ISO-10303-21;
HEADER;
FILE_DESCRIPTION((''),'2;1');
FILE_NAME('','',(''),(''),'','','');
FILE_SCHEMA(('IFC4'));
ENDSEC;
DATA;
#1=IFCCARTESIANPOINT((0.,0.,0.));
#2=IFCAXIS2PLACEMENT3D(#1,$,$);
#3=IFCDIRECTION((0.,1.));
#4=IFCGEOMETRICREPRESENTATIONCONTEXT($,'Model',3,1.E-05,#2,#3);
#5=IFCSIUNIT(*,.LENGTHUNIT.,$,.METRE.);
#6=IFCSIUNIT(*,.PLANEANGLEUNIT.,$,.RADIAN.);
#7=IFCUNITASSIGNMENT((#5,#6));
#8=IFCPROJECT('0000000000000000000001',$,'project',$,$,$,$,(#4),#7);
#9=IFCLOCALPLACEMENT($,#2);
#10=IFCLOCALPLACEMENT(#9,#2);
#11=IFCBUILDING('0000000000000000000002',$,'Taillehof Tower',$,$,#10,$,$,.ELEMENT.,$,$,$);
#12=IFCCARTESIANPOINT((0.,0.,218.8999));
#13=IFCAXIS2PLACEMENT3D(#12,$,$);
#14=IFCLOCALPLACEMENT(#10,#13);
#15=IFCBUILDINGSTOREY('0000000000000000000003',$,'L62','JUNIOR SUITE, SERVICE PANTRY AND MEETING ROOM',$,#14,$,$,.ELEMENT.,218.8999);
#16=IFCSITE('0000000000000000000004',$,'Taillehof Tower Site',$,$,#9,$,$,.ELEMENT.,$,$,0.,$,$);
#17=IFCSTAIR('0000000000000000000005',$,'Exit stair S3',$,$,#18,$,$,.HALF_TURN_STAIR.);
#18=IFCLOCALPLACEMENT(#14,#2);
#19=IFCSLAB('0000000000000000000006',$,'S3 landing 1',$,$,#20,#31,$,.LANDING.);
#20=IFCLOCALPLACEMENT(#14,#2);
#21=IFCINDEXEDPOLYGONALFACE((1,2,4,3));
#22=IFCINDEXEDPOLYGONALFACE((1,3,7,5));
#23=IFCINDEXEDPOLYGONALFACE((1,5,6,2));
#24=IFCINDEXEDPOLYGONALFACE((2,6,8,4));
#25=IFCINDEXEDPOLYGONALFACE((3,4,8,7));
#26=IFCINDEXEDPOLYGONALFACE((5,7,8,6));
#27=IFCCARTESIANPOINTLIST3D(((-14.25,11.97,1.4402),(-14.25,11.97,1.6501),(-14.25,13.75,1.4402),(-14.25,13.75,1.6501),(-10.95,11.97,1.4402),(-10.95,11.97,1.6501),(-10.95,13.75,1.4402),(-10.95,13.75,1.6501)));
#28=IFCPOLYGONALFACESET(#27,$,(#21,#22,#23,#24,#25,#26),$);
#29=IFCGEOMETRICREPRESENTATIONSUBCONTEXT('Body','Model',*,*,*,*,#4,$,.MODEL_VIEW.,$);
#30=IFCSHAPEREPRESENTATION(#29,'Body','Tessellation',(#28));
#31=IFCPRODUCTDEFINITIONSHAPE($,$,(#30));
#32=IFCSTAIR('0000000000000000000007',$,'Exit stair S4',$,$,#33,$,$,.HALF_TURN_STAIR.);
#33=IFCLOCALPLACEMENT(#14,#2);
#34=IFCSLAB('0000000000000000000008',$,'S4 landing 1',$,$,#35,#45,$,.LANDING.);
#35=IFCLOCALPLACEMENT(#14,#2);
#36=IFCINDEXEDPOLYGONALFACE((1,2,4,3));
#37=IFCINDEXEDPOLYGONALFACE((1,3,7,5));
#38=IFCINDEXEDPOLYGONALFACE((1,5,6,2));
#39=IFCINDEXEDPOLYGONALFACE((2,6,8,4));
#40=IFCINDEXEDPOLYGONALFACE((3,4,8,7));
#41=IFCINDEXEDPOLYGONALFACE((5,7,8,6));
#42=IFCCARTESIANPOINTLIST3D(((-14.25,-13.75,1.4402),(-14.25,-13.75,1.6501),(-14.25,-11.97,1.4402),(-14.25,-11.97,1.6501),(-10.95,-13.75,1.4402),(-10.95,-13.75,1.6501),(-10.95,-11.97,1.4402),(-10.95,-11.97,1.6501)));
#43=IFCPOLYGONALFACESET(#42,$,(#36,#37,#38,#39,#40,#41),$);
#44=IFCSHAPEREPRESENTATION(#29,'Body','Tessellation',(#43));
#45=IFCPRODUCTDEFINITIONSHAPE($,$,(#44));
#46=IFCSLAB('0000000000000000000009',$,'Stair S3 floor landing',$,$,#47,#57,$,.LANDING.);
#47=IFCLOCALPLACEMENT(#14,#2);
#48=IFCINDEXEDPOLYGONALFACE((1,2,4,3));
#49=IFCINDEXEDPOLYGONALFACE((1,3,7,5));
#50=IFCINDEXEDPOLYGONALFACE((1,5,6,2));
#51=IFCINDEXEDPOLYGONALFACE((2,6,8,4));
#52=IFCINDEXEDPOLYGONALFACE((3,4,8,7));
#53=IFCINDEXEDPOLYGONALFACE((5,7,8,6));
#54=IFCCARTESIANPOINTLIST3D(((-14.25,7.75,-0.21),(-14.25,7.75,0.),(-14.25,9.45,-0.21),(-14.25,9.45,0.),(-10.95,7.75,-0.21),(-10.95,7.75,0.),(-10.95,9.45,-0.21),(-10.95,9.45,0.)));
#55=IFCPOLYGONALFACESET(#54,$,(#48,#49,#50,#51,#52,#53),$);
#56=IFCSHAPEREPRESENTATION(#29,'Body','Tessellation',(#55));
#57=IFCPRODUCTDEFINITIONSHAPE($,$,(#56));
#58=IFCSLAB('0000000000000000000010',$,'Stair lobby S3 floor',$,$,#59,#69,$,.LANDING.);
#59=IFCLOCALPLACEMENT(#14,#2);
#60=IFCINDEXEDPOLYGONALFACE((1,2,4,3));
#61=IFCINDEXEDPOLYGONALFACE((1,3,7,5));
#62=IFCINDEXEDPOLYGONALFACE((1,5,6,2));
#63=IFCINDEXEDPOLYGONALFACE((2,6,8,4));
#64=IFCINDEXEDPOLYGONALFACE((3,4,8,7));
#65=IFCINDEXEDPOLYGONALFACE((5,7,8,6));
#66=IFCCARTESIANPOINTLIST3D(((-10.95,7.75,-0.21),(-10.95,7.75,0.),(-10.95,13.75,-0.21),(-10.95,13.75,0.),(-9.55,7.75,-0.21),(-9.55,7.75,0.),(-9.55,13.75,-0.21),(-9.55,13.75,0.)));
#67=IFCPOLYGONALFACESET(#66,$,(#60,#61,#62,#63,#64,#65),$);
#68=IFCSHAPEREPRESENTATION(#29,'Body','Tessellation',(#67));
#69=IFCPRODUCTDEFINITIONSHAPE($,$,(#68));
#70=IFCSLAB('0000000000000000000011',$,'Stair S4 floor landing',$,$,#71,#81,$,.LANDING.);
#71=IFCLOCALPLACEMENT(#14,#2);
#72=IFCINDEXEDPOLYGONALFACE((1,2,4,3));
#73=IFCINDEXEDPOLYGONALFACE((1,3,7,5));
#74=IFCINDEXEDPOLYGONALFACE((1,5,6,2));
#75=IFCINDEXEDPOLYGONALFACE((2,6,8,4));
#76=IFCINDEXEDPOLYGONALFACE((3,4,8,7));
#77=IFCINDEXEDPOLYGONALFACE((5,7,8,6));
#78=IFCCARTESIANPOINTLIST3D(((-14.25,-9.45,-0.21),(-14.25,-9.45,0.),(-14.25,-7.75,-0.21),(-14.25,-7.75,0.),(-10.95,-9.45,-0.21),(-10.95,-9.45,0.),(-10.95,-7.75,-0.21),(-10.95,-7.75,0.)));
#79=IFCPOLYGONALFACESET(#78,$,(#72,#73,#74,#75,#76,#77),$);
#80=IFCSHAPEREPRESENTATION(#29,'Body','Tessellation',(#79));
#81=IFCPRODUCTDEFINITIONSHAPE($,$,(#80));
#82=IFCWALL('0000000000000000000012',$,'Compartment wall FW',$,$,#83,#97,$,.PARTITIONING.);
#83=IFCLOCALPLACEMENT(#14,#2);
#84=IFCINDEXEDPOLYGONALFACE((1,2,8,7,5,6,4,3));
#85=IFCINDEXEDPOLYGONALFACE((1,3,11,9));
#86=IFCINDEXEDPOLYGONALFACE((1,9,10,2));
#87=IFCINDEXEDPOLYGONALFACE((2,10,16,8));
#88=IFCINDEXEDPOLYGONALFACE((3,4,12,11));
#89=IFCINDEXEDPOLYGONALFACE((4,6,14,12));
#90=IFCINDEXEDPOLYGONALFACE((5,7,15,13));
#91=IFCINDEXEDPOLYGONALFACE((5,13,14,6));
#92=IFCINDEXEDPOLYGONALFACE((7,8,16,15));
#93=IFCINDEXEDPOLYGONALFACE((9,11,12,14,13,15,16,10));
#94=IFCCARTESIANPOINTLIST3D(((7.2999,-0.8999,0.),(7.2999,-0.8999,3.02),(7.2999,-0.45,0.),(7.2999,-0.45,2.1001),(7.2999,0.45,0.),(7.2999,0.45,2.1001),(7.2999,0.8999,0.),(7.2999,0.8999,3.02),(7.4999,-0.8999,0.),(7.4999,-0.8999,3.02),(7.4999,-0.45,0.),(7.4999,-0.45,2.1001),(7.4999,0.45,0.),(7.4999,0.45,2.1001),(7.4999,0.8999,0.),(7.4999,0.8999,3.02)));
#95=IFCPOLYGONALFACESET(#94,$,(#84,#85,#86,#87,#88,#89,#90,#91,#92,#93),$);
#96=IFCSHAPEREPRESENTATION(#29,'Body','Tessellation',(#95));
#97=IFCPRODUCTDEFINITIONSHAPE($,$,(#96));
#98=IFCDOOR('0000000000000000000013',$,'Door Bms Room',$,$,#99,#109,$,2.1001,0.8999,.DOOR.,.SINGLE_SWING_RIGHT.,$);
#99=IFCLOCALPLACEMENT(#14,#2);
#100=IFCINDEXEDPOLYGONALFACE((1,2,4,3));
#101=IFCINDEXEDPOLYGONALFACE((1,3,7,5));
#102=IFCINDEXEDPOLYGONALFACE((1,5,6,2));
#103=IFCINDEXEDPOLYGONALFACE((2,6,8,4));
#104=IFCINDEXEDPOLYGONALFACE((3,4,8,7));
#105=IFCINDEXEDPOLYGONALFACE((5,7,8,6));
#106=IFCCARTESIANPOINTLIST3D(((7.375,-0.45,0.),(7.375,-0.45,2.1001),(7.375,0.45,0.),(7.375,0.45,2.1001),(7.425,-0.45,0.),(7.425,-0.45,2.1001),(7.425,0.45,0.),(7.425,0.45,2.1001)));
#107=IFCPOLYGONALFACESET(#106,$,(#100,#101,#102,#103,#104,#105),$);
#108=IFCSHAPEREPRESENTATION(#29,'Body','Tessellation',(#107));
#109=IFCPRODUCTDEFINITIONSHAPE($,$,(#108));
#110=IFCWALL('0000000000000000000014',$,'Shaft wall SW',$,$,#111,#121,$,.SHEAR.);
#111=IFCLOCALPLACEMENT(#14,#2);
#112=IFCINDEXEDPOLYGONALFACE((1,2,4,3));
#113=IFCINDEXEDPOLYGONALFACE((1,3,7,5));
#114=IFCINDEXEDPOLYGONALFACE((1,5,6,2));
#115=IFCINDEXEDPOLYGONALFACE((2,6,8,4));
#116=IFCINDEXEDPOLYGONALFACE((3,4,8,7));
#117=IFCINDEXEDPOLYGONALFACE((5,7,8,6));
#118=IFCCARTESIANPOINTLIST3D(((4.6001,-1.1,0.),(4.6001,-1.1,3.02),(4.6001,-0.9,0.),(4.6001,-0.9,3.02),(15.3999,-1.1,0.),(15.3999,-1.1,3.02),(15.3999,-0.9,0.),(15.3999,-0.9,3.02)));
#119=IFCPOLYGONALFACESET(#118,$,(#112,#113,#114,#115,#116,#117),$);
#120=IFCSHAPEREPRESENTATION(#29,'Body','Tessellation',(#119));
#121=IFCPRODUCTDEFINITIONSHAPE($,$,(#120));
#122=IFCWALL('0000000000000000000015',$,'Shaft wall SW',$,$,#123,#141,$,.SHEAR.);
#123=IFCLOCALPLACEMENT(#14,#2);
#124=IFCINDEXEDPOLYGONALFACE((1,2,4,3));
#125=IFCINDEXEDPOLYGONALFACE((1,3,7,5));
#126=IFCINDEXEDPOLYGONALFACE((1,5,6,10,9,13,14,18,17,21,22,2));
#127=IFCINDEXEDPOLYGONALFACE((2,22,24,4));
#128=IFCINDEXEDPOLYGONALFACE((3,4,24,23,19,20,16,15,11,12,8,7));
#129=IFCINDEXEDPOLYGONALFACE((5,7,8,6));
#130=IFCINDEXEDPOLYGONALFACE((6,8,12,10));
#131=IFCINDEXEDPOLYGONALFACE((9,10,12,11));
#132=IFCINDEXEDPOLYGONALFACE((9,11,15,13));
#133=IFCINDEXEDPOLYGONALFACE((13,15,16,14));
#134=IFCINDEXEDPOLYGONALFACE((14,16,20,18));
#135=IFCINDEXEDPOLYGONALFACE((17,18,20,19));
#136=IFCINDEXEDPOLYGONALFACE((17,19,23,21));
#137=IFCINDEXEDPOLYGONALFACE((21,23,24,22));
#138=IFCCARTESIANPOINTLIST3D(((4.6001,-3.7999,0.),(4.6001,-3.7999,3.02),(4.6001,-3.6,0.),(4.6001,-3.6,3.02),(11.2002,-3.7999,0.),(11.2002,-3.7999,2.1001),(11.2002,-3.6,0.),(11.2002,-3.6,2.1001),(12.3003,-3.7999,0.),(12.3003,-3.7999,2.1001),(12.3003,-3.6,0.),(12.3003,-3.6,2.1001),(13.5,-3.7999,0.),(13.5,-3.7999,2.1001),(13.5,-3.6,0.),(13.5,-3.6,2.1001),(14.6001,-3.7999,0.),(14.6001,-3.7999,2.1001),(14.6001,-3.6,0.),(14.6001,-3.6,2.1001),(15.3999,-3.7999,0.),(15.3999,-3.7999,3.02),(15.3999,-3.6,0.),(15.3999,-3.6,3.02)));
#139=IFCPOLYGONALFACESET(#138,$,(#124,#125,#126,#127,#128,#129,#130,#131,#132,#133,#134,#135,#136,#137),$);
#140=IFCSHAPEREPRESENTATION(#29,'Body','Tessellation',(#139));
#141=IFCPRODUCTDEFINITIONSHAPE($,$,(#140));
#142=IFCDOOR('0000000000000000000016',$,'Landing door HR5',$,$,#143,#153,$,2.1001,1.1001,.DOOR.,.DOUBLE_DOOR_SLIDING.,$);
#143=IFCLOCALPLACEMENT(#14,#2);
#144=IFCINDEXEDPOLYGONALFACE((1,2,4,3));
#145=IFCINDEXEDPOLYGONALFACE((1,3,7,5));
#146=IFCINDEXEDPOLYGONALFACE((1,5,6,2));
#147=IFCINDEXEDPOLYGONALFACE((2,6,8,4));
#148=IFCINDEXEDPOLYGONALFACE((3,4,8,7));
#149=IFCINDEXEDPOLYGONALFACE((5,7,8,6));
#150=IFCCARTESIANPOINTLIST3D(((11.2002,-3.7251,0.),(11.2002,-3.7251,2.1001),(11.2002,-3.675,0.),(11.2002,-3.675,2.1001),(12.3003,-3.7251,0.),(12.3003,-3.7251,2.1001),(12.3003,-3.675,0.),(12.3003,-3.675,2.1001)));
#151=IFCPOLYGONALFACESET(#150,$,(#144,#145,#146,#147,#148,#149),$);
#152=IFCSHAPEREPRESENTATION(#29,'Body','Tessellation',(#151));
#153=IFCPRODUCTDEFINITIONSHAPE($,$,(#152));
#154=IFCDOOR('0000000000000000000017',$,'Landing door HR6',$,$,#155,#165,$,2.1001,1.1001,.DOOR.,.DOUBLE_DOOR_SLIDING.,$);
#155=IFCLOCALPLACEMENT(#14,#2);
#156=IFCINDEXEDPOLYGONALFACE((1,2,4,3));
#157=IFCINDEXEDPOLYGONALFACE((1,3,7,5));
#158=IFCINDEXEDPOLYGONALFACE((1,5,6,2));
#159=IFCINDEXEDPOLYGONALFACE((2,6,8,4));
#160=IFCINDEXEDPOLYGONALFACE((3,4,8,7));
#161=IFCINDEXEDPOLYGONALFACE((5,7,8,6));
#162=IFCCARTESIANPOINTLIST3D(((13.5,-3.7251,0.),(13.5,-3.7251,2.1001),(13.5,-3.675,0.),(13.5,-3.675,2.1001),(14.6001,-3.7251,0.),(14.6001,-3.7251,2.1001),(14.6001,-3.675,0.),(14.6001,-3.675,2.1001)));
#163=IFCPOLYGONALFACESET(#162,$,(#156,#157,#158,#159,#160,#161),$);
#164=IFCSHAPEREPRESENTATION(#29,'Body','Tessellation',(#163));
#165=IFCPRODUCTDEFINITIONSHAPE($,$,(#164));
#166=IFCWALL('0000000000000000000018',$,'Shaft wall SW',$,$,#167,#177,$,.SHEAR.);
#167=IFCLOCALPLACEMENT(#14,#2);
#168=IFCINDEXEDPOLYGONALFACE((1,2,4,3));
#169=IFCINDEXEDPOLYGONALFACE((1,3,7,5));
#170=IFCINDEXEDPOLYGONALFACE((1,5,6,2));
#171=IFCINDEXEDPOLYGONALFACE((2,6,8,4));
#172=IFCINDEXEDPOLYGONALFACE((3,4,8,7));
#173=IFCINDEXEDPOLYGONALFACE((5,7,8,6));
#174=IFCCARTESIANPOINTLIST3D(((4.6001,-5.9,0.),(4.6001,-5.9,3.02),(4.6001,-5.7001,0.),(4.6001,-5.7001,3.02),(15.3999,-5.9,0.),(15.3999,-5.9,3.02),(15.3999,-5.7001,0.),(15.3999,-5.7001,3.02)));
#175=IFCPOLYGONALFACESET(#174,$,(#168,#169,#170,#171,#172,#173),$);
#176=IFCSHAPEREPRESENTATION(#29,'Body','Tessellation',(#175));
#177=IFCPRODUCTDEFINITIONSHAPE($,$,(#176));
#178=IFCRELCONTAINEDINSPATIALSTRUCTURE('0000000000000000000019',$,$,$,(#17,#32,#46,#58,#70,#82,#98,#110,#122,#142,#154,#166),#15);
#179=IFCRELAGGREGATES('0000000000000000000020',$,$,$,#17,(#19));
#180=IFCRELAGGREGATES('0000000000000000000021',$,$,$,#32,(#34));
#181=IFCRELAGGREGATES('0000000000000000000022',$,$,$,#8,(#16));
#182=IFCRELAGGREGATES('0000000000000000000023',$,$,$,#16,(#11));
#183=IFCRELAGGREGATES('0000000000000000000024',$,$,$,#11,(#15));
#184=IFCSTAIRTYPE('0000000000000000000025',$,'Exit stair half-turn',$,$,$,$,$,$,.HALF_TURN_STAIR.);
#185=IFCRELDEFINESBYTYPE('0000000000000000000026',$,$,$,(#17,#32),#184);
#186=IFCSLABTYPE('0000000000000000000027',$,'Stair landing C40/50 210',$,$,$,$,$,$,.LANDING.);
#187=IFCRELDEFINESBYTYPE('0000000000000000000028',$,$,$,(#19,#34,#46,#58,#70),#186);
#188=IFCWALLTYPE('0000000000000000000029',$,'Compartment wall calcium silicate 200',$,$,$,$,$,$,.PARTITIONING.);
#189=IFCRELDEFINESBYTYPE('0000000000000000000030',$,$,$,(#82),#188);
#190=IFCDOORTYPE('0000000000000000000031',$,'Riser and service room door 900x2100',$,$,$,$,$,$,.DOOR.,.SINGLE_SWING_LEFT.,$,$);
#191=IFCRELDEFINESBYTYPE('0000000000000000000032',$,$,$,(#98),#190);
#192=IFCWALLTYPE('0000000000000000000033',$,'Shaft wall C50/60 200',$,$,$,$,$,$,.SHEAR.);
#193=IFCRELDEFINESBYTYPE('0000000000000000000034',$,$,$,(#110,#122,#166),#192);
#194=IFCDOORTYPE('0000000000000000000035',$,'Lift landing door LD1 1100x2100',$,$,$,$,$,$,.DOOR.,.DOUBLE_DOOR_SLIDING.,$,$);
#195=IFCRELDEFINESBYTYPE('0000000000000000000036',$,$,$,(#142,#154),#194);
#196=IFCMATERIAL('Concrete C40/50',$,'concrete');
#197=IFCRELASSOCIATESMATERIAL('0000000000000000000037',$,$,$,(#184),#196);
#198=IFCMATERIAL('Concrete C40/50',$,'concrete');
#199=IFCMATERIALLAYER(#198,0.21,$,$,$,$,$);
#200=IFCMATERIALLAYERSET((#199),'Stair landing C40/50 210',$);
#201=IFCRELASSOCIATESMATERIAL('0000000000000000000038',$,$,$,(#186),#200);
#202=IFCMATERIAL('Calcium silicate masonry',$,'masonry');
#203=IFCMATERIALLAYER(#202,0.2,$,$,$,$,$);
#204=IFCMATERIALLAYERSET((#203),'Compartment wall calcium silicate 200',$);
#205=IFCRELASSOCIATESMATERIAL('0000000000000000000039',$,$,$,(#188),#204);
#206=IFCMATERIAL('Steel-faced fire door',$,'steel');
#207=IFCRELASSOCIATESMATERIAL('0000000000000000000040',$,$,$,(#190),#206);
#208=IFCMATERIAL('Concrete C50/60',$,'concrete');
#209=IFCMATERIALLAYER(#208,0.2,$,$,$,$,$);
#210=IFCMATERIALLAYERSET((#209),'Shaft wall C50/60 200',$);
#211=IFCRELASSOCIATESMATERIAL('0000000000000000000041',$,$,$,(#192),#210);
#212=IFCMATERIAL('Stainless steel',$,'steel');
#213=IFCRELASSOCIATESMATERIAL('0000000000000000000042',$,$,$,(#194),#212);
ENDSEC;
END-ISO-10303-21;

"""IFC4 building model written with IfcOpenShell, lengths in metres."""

from ifc_helpers import new_model, si_unit, direction, frame, frame_2d, origin, place, context, subcontext, project, spatial, polyline, rectangle, outline, extrude, material, layer, layer_set, type_object, element, fill, aggregate, save


model = new_model("IFC4")

# Units and contexts
model_context = context("Model", 3, precision=1e-05, world=origin(), true_north=direction((0.0, 1.0)))
body_context = subcontext(model_context, "Body", "Model", "MODEL_VIEW")
ifc_project = project(units=[si_unit("LENGTHUNIT", "METRE"), si_unit("PLANEANGLEUNIT", "RADIAN")], contexts=[model_context])

# Site, building, storey
site_placement = place(None, origin())
site = spatial("IfcSite", under=ifc_project, at=site_placement, Name="Taillehof Tower Site", CompositionType="ELEMENT", RefElevation=0.0)
building_placement = place(site_placement, origin())
building = spatial("IfcBuilding", under=site, at=building_placement, Name="Taillehof Tower", CompositionType="ELEMENT")
storey_placement = place(building_placement, frame((0.0, 0.0, 218.8999)))
storey = spatial("IfcBuildingStorey", under=building, at=storey_placement, Name="L62", Description="JUNIOR SUITE, SERVICE PANTRY AND MEETING ROOM", CompositionType="ELEMENT", Elevation=218.8999)

# Stairs, slabs
ifc_material_1 = material(Name="Concrete C40/50", Category="concrete")
stair_type = type_object("IfcStairType", Name="Exit stair half-turn", PredefinedType="HALF_TURN_STAIR", material=ifc_material_1)
ifc_material_2 = material(Name="Concrete C40/50", Category="concrete")
ifc_layer_1 = layer(ifc_material_2, 0.21)
ifc_layer_set_1 = layer_set([ifc_layer_1], Name="Stair landing C40/50 210")
slab_type_1 = type_object("IfcSlabType", Name="Stair landing C40/50 210", PredefinedType="LANDING", material=ifc_layer_set_1)
stair_1_placement = place(storey_placement, origin())
stair_1 = element("IfcStair", 1, at=stair_1_placement, inside=storey, type_object=stair_type, Name="Exit stair S3", PredefinedType="HALF_TURN_STAIR")
slab_1_placement = place(storey_placement, frame((0.0, 0.0, 1.4402)))
slab_1 = element("IfcSlab", 2, at=slab_1_placement, type_object=slab_type_1, Name="S3 landing 1", PredefinedType="LANDING", context=body_context, shape_type="SweptSolid", body=[
    extrude(outline(polyline([(-14.25, 11.97), (-14.25, 13.75), (-10.95, 13.75), (-10.95, 11.97), (-14.25, 11.97)])), origin(), (0.0, 0.0, 1.0), 0.21),
])
aggregate(stair_1, [slab_1])
stair_2_placement = place(storey_placement, origin())
stair_2 = element("IfcStair", 3, at=stair_2_placement, inside=storey, type_object=stair_type, Name="Exit stair S4", PredefinedType="HALF_TURN_STAIR")
slab_2_placement = place(storey_placement, frame((0.0, 0.0, 1.4402)))
slab_2 = element("IfcSlab", 4, at=slab_2_placement, type_object=slab_type_1, Name="S4 landing 1", PredefinedType="LANDING", context=body_context, shape_type="SweptSolid", body=[
    extrude(outline(polyline([(-14.25, -11.97), (-14.25, -13.75), (-10.95, -13.75), (-10.95, -11.97), (-14.25, -11.97)])), origin(), (0.0, 0.0, 1.0), 0.21),
])
aggregate(stair_2, [slab_2])

# Slabs
slab_3_placement = place(storey_placement, frame((0.0, 0.0, -0.21)))
element("IfcSlab", 5, at=slab_3_placement, inside=storey, type_object=slab_type_1, Name="Stair S3 floor landing", PredefinedType="LANDING", context=body_context, shape_type="SweptSolid", body=[
    extrude(outline(polyline([(-14.25, 7.75), (-14.25, 9.45), (-10.95, 9.45), (-10.95, 7.75), (-14.25, 7.75)])), origin(), (0.0, 0.0, 1.0), 0.21),
])
slab_4_placement = place(storey_placement, frame((0.0, 0.0, -0.21)))
element("IfcSlab", 6, at=slab_4_placement, inside=storey, type_object=slab_type_1, Name="Stair lobby S3 floor", PredefinedType="LANDING", context=body_context, shape_type="SweptSolid", body=[
    extrude(outline(polyline([(-10.95, 7.75), (-9.55, 7.75), (-9.55, 13.75), (-10.95, 13.75), (-10.95, 7.75)])), origin(), (0.0, 0.0, 1.0), 0.21),
])
slab_5_placement = place(storey_placement, frame((0.0, 0.0, -0.21)))
element("IfcSlab", 7, at=slab_5_placement, inside=storey, type_object=slab_type_1, Name="Stair S4 floor landing", PredefinedType="LANDING", context=body_context, shape_type="SweptSolid", body=[
    extrude(outline(polyline([(-14.25, -7.75), (-14.25, -9.45), (-10.95, -9.45), (-10.95, -7.75), (-14.25, -7.75)])), origin(), (0.0, 0.0, 1.0), 0.21),
])

# Wall, opening, door
ifc_material_3 = material(Name="Calcium silicate masonry", Category="masonry")
ifc_layer_2 = layer(ifc_material_3, 0.2)
ifc_layer_set_2 = layer_set([ifc_layer_2], Name="Compartment wall calcium silicate 200")
wall_type_1 = type_object("IfcWallType", Name="Compartment wall calcium silicate 200", PredefinedType="PARTITIONING", material=ifc_layer_set_2)
wall_1_placement = place(storey_placement, frame((7.3999, -0.8999, 0.0), z_axis=(0.0, 0.0, 1.0), x_axis=(0.0, 1.0, 0.0)))
wall_1 = element("IfcWall", 8, at=wall_1_placement, inside=storey, type_object=wall_type_1, Name="Compartment wall FW", PredefinedType="PARTITIONING", context=body_context, shape_type="SweptSolid", body=[
    extrude(rectangle(XDim=1.7998, YDim=0.2, at=frame_2d((0.8999, 0.0))), origin(), (0.0, 0.0, 1.0), 3.02),
])
opening_1_placement = place(wall_1_placement, frame((0.45, 0.0, 0.0)))
opening_1 = element("IfcOpeningElement", 9, at=opening_1_placement, cuts=wall_1, PredefinedType="OPENING", context=body_context, shape_type="SweptSolid", body=[
    extrude(rectangle(XDim=0.8999, YDim=2.1001, at=frame_2d((0.45, 1.05))), frame((0.0, 0.1099, 0.0), z_axis=(0.0, -1.0, 0.0), x_axis=(1.0, 0.0, 0.0)), (0.0, 0.0, 1.0), 0.22),
])
ifc_material_4 = material(Name="Steel-faced fire door", Category="steel")
door_type_1 = type_object("IfcDoorType", Name="Riser and service room door 900x2100", OperationType="SINGLE_SWING_LEFT", PredefinedType="DOOR", material=ifc_material_4)
door_1_placement = place(opening_1_placement, origin())
door_1 = element("IfcDoor", 10, at=door_1_placement, inside=storey, type_object=door_type_1, Name="Door Bms Room", OperationType="SINGLE_SWING_RIGHT", OverallHeight=2.1001, OverallWidth=0.8999, PredefinedType="DOOR", context=body_context, shape_type="SweptSolid", body=[
    extrude(rectangle(XDim=0.8999, YDim=2.1001, at=frame_2d((0.45, 1.05))), frame((0.0, 0.0249, 0.0), z_axis=(0.0, -1.0, 0.0), x_axis=(1.0, 0.0, 0.0)), (0.0, 0.0, 1.0), 0.05),
])
fill(opening_1, door_1)

# Wall
ifc_material_5 = material(Name="Concrete C50/60", Category="concrete")
ifc_layer_3 = layer(ifc_material_5, 0.2)
ifc_layer_set_3 = layer_set([ifc_layer_3], Name="Shaft wall C50/60 200")
wall_type_2 = type_object("IfcWallType", Name="Shaft wall C50/60 200", PredefinedType="SHEAR", material=ifc_layer_set_3)
wall_2_placement = place(storey_placement, frame((4.6001, -1.0, 0.0), z_axis=(0.0, 0.0, 1.0), x_axis=(1.0, 0.0, 0.0)))
element("IfcWall", 11, at=wall_2_placement, inside=storey, type_object=wall_type_2, Name="Shaft wall SW", PredefinedType="SHEAR", context=body_context, shape_type="SweptSolid", body=[
    extrude(rectangle(XDim=10.7998, YDim=0.2, at=frame_2d((5.3999, 0.0))), origin(), (0.0, 0.0, 1.0), 3.02),
])

# Wall, openings, doors
wall_3_placement = place(storey_placement, frame((4.6001, -3.7, 0.0), z_axis=(0.0, 0.0, 1.0), x_axis=(1.0, 0.0, 0.0)))
wall_3 = element("IfcWall", 12, at=wall_3_placement, inside=storey, type_object=wall_type_2, Name="Shaft wall SW", PredefinedType="SHEAR", context=body_context, shape_type="SweptSolid", body=[
    extrude(rectangle(XDim=10.7998, YDim=0.2, at=frame_2d((5.3999, 0.0))), origin(), (0.0, 0.0, 1.0), 3.02),
])
opening_2_placement = place(wall_3_placement, frame((6.6001, 0.0, 0.0)))
opening_2 = element("IfcOpeningElement", 13, at=opening_2_placement, cuts=wall_3, PredefinedType="OPENING", context=body_context, shape_type="SweptSolid", body=[
    extrude(rectangle(XDim=1.1001, YDim=2.1001, at=frame_2d((0.55, 1.05))), frame((0.0, 0.1099, 0.0), z_axis=(0.0, -1.0, 0.0), x_axis=(1.0, 0.0, 0.0)), (0.0, 0.0, 1.0), 0.22),
])
opening_3_placement = place(wall_3_placement, frame((8.8999, 0.0, 0.0)))
opening_3 = element("IfcOpeningElement", 14, at=opening_3_placement, cuts=wall_3, PredefinedType="OPENING", context=body_context, shape_type="SweptSolid", body=[
    extrude(rectangle(XDim=1.1001, YDim=2.1001, at=frame_2d((0.55, 1.05))), frame((0.0, 0.1099, 0.0), z_axis=(0.0, -1.0, 0.0), x_axis=(1.0, 0.0, 0.0)), (0.0, 0.0, 1.0), 0.22),
])
ifc_material_6 = material(Name="Stainless steel", Category="steel")
door_type_2 = type_object("IfcDoorType", Name="Lift landing door LD1 1100x2100", OperationType="DOUBLE_DOOR_SLIDING", PredefinedType="DOOR", material=ifc_material_6)
door_2_placement = place(opening_2_placement, origin())
door_2 = element("IfcDoor", 15, at=door_2_placement, inside=storey, type_object=door_type_2, Name="Landing door HR5", OperationType="DOUBLE_DOOR_SLIDING", OverallHeight=2.1001, OverallWidth=1.1001, PredefinedType="DOOR", context=body_context, shape_type="SweptSolid", body=[
    extrude(rectangle(XDim=1.1001, YDim=2.1001, at=frame_2d((0.55, 1.05))), frame((0.0, 0.0249, 0.0), z_axis=(0.0, -1.0, 0.0), x_axis=(1.0, 0.0, 0.0)), (0.0, 0.0, 1.0), 0.05),
])
fill(opening_2, door_2)
door_3_placement = place(opening_3_placement, origin())
door_3 = element("IfcDoor", 16, at=door_3_placement, inside=storey, type_object=door_type_2, Name="Landing door HR6", OperationType="DOUBLE_DOOR_SLIDING", OverallHeight=2.1001, OverallWidth=1.1001, PredefinedType="DOOR", context=body_context, shape_type="SweptSolid", body=[
    extrude(rectangle(XDim=1.1001, YDim=2.1001, at=frame_2d((0.55, 1.05))), frame((0.0, 0.0249, 0.0), z_axis=(0.0, -1.0, 0.0), x_axis=(1.0, 0.0, 0.0)), (0.0, 0.0, 1.0), 0.05),
])
fill(opening_3, door_3)

# Wall
wall_4_placement = place(storey_placement, frame((4.6001, -5.8, 0.0), z_axis=(0.0, 0.0, 1.0), x_axis=(1.0, 0.0, 0.0)))
element("IfcWall", 17, at=wall_4_placement, inside=storey, type_object=wall_type_2, Name="Shaft wall SW", PredefinedType="SHEAR", context=body_context, shape_type="SweptSolid", body=[
    extrude(rectangle(XDim=10.7998, YDim=0.2, at=frame_2d((5.3999, 0.0))), origin(), (0.0, 0.0, 1.0), 3.02),
])

save(model, "model.ifc")
